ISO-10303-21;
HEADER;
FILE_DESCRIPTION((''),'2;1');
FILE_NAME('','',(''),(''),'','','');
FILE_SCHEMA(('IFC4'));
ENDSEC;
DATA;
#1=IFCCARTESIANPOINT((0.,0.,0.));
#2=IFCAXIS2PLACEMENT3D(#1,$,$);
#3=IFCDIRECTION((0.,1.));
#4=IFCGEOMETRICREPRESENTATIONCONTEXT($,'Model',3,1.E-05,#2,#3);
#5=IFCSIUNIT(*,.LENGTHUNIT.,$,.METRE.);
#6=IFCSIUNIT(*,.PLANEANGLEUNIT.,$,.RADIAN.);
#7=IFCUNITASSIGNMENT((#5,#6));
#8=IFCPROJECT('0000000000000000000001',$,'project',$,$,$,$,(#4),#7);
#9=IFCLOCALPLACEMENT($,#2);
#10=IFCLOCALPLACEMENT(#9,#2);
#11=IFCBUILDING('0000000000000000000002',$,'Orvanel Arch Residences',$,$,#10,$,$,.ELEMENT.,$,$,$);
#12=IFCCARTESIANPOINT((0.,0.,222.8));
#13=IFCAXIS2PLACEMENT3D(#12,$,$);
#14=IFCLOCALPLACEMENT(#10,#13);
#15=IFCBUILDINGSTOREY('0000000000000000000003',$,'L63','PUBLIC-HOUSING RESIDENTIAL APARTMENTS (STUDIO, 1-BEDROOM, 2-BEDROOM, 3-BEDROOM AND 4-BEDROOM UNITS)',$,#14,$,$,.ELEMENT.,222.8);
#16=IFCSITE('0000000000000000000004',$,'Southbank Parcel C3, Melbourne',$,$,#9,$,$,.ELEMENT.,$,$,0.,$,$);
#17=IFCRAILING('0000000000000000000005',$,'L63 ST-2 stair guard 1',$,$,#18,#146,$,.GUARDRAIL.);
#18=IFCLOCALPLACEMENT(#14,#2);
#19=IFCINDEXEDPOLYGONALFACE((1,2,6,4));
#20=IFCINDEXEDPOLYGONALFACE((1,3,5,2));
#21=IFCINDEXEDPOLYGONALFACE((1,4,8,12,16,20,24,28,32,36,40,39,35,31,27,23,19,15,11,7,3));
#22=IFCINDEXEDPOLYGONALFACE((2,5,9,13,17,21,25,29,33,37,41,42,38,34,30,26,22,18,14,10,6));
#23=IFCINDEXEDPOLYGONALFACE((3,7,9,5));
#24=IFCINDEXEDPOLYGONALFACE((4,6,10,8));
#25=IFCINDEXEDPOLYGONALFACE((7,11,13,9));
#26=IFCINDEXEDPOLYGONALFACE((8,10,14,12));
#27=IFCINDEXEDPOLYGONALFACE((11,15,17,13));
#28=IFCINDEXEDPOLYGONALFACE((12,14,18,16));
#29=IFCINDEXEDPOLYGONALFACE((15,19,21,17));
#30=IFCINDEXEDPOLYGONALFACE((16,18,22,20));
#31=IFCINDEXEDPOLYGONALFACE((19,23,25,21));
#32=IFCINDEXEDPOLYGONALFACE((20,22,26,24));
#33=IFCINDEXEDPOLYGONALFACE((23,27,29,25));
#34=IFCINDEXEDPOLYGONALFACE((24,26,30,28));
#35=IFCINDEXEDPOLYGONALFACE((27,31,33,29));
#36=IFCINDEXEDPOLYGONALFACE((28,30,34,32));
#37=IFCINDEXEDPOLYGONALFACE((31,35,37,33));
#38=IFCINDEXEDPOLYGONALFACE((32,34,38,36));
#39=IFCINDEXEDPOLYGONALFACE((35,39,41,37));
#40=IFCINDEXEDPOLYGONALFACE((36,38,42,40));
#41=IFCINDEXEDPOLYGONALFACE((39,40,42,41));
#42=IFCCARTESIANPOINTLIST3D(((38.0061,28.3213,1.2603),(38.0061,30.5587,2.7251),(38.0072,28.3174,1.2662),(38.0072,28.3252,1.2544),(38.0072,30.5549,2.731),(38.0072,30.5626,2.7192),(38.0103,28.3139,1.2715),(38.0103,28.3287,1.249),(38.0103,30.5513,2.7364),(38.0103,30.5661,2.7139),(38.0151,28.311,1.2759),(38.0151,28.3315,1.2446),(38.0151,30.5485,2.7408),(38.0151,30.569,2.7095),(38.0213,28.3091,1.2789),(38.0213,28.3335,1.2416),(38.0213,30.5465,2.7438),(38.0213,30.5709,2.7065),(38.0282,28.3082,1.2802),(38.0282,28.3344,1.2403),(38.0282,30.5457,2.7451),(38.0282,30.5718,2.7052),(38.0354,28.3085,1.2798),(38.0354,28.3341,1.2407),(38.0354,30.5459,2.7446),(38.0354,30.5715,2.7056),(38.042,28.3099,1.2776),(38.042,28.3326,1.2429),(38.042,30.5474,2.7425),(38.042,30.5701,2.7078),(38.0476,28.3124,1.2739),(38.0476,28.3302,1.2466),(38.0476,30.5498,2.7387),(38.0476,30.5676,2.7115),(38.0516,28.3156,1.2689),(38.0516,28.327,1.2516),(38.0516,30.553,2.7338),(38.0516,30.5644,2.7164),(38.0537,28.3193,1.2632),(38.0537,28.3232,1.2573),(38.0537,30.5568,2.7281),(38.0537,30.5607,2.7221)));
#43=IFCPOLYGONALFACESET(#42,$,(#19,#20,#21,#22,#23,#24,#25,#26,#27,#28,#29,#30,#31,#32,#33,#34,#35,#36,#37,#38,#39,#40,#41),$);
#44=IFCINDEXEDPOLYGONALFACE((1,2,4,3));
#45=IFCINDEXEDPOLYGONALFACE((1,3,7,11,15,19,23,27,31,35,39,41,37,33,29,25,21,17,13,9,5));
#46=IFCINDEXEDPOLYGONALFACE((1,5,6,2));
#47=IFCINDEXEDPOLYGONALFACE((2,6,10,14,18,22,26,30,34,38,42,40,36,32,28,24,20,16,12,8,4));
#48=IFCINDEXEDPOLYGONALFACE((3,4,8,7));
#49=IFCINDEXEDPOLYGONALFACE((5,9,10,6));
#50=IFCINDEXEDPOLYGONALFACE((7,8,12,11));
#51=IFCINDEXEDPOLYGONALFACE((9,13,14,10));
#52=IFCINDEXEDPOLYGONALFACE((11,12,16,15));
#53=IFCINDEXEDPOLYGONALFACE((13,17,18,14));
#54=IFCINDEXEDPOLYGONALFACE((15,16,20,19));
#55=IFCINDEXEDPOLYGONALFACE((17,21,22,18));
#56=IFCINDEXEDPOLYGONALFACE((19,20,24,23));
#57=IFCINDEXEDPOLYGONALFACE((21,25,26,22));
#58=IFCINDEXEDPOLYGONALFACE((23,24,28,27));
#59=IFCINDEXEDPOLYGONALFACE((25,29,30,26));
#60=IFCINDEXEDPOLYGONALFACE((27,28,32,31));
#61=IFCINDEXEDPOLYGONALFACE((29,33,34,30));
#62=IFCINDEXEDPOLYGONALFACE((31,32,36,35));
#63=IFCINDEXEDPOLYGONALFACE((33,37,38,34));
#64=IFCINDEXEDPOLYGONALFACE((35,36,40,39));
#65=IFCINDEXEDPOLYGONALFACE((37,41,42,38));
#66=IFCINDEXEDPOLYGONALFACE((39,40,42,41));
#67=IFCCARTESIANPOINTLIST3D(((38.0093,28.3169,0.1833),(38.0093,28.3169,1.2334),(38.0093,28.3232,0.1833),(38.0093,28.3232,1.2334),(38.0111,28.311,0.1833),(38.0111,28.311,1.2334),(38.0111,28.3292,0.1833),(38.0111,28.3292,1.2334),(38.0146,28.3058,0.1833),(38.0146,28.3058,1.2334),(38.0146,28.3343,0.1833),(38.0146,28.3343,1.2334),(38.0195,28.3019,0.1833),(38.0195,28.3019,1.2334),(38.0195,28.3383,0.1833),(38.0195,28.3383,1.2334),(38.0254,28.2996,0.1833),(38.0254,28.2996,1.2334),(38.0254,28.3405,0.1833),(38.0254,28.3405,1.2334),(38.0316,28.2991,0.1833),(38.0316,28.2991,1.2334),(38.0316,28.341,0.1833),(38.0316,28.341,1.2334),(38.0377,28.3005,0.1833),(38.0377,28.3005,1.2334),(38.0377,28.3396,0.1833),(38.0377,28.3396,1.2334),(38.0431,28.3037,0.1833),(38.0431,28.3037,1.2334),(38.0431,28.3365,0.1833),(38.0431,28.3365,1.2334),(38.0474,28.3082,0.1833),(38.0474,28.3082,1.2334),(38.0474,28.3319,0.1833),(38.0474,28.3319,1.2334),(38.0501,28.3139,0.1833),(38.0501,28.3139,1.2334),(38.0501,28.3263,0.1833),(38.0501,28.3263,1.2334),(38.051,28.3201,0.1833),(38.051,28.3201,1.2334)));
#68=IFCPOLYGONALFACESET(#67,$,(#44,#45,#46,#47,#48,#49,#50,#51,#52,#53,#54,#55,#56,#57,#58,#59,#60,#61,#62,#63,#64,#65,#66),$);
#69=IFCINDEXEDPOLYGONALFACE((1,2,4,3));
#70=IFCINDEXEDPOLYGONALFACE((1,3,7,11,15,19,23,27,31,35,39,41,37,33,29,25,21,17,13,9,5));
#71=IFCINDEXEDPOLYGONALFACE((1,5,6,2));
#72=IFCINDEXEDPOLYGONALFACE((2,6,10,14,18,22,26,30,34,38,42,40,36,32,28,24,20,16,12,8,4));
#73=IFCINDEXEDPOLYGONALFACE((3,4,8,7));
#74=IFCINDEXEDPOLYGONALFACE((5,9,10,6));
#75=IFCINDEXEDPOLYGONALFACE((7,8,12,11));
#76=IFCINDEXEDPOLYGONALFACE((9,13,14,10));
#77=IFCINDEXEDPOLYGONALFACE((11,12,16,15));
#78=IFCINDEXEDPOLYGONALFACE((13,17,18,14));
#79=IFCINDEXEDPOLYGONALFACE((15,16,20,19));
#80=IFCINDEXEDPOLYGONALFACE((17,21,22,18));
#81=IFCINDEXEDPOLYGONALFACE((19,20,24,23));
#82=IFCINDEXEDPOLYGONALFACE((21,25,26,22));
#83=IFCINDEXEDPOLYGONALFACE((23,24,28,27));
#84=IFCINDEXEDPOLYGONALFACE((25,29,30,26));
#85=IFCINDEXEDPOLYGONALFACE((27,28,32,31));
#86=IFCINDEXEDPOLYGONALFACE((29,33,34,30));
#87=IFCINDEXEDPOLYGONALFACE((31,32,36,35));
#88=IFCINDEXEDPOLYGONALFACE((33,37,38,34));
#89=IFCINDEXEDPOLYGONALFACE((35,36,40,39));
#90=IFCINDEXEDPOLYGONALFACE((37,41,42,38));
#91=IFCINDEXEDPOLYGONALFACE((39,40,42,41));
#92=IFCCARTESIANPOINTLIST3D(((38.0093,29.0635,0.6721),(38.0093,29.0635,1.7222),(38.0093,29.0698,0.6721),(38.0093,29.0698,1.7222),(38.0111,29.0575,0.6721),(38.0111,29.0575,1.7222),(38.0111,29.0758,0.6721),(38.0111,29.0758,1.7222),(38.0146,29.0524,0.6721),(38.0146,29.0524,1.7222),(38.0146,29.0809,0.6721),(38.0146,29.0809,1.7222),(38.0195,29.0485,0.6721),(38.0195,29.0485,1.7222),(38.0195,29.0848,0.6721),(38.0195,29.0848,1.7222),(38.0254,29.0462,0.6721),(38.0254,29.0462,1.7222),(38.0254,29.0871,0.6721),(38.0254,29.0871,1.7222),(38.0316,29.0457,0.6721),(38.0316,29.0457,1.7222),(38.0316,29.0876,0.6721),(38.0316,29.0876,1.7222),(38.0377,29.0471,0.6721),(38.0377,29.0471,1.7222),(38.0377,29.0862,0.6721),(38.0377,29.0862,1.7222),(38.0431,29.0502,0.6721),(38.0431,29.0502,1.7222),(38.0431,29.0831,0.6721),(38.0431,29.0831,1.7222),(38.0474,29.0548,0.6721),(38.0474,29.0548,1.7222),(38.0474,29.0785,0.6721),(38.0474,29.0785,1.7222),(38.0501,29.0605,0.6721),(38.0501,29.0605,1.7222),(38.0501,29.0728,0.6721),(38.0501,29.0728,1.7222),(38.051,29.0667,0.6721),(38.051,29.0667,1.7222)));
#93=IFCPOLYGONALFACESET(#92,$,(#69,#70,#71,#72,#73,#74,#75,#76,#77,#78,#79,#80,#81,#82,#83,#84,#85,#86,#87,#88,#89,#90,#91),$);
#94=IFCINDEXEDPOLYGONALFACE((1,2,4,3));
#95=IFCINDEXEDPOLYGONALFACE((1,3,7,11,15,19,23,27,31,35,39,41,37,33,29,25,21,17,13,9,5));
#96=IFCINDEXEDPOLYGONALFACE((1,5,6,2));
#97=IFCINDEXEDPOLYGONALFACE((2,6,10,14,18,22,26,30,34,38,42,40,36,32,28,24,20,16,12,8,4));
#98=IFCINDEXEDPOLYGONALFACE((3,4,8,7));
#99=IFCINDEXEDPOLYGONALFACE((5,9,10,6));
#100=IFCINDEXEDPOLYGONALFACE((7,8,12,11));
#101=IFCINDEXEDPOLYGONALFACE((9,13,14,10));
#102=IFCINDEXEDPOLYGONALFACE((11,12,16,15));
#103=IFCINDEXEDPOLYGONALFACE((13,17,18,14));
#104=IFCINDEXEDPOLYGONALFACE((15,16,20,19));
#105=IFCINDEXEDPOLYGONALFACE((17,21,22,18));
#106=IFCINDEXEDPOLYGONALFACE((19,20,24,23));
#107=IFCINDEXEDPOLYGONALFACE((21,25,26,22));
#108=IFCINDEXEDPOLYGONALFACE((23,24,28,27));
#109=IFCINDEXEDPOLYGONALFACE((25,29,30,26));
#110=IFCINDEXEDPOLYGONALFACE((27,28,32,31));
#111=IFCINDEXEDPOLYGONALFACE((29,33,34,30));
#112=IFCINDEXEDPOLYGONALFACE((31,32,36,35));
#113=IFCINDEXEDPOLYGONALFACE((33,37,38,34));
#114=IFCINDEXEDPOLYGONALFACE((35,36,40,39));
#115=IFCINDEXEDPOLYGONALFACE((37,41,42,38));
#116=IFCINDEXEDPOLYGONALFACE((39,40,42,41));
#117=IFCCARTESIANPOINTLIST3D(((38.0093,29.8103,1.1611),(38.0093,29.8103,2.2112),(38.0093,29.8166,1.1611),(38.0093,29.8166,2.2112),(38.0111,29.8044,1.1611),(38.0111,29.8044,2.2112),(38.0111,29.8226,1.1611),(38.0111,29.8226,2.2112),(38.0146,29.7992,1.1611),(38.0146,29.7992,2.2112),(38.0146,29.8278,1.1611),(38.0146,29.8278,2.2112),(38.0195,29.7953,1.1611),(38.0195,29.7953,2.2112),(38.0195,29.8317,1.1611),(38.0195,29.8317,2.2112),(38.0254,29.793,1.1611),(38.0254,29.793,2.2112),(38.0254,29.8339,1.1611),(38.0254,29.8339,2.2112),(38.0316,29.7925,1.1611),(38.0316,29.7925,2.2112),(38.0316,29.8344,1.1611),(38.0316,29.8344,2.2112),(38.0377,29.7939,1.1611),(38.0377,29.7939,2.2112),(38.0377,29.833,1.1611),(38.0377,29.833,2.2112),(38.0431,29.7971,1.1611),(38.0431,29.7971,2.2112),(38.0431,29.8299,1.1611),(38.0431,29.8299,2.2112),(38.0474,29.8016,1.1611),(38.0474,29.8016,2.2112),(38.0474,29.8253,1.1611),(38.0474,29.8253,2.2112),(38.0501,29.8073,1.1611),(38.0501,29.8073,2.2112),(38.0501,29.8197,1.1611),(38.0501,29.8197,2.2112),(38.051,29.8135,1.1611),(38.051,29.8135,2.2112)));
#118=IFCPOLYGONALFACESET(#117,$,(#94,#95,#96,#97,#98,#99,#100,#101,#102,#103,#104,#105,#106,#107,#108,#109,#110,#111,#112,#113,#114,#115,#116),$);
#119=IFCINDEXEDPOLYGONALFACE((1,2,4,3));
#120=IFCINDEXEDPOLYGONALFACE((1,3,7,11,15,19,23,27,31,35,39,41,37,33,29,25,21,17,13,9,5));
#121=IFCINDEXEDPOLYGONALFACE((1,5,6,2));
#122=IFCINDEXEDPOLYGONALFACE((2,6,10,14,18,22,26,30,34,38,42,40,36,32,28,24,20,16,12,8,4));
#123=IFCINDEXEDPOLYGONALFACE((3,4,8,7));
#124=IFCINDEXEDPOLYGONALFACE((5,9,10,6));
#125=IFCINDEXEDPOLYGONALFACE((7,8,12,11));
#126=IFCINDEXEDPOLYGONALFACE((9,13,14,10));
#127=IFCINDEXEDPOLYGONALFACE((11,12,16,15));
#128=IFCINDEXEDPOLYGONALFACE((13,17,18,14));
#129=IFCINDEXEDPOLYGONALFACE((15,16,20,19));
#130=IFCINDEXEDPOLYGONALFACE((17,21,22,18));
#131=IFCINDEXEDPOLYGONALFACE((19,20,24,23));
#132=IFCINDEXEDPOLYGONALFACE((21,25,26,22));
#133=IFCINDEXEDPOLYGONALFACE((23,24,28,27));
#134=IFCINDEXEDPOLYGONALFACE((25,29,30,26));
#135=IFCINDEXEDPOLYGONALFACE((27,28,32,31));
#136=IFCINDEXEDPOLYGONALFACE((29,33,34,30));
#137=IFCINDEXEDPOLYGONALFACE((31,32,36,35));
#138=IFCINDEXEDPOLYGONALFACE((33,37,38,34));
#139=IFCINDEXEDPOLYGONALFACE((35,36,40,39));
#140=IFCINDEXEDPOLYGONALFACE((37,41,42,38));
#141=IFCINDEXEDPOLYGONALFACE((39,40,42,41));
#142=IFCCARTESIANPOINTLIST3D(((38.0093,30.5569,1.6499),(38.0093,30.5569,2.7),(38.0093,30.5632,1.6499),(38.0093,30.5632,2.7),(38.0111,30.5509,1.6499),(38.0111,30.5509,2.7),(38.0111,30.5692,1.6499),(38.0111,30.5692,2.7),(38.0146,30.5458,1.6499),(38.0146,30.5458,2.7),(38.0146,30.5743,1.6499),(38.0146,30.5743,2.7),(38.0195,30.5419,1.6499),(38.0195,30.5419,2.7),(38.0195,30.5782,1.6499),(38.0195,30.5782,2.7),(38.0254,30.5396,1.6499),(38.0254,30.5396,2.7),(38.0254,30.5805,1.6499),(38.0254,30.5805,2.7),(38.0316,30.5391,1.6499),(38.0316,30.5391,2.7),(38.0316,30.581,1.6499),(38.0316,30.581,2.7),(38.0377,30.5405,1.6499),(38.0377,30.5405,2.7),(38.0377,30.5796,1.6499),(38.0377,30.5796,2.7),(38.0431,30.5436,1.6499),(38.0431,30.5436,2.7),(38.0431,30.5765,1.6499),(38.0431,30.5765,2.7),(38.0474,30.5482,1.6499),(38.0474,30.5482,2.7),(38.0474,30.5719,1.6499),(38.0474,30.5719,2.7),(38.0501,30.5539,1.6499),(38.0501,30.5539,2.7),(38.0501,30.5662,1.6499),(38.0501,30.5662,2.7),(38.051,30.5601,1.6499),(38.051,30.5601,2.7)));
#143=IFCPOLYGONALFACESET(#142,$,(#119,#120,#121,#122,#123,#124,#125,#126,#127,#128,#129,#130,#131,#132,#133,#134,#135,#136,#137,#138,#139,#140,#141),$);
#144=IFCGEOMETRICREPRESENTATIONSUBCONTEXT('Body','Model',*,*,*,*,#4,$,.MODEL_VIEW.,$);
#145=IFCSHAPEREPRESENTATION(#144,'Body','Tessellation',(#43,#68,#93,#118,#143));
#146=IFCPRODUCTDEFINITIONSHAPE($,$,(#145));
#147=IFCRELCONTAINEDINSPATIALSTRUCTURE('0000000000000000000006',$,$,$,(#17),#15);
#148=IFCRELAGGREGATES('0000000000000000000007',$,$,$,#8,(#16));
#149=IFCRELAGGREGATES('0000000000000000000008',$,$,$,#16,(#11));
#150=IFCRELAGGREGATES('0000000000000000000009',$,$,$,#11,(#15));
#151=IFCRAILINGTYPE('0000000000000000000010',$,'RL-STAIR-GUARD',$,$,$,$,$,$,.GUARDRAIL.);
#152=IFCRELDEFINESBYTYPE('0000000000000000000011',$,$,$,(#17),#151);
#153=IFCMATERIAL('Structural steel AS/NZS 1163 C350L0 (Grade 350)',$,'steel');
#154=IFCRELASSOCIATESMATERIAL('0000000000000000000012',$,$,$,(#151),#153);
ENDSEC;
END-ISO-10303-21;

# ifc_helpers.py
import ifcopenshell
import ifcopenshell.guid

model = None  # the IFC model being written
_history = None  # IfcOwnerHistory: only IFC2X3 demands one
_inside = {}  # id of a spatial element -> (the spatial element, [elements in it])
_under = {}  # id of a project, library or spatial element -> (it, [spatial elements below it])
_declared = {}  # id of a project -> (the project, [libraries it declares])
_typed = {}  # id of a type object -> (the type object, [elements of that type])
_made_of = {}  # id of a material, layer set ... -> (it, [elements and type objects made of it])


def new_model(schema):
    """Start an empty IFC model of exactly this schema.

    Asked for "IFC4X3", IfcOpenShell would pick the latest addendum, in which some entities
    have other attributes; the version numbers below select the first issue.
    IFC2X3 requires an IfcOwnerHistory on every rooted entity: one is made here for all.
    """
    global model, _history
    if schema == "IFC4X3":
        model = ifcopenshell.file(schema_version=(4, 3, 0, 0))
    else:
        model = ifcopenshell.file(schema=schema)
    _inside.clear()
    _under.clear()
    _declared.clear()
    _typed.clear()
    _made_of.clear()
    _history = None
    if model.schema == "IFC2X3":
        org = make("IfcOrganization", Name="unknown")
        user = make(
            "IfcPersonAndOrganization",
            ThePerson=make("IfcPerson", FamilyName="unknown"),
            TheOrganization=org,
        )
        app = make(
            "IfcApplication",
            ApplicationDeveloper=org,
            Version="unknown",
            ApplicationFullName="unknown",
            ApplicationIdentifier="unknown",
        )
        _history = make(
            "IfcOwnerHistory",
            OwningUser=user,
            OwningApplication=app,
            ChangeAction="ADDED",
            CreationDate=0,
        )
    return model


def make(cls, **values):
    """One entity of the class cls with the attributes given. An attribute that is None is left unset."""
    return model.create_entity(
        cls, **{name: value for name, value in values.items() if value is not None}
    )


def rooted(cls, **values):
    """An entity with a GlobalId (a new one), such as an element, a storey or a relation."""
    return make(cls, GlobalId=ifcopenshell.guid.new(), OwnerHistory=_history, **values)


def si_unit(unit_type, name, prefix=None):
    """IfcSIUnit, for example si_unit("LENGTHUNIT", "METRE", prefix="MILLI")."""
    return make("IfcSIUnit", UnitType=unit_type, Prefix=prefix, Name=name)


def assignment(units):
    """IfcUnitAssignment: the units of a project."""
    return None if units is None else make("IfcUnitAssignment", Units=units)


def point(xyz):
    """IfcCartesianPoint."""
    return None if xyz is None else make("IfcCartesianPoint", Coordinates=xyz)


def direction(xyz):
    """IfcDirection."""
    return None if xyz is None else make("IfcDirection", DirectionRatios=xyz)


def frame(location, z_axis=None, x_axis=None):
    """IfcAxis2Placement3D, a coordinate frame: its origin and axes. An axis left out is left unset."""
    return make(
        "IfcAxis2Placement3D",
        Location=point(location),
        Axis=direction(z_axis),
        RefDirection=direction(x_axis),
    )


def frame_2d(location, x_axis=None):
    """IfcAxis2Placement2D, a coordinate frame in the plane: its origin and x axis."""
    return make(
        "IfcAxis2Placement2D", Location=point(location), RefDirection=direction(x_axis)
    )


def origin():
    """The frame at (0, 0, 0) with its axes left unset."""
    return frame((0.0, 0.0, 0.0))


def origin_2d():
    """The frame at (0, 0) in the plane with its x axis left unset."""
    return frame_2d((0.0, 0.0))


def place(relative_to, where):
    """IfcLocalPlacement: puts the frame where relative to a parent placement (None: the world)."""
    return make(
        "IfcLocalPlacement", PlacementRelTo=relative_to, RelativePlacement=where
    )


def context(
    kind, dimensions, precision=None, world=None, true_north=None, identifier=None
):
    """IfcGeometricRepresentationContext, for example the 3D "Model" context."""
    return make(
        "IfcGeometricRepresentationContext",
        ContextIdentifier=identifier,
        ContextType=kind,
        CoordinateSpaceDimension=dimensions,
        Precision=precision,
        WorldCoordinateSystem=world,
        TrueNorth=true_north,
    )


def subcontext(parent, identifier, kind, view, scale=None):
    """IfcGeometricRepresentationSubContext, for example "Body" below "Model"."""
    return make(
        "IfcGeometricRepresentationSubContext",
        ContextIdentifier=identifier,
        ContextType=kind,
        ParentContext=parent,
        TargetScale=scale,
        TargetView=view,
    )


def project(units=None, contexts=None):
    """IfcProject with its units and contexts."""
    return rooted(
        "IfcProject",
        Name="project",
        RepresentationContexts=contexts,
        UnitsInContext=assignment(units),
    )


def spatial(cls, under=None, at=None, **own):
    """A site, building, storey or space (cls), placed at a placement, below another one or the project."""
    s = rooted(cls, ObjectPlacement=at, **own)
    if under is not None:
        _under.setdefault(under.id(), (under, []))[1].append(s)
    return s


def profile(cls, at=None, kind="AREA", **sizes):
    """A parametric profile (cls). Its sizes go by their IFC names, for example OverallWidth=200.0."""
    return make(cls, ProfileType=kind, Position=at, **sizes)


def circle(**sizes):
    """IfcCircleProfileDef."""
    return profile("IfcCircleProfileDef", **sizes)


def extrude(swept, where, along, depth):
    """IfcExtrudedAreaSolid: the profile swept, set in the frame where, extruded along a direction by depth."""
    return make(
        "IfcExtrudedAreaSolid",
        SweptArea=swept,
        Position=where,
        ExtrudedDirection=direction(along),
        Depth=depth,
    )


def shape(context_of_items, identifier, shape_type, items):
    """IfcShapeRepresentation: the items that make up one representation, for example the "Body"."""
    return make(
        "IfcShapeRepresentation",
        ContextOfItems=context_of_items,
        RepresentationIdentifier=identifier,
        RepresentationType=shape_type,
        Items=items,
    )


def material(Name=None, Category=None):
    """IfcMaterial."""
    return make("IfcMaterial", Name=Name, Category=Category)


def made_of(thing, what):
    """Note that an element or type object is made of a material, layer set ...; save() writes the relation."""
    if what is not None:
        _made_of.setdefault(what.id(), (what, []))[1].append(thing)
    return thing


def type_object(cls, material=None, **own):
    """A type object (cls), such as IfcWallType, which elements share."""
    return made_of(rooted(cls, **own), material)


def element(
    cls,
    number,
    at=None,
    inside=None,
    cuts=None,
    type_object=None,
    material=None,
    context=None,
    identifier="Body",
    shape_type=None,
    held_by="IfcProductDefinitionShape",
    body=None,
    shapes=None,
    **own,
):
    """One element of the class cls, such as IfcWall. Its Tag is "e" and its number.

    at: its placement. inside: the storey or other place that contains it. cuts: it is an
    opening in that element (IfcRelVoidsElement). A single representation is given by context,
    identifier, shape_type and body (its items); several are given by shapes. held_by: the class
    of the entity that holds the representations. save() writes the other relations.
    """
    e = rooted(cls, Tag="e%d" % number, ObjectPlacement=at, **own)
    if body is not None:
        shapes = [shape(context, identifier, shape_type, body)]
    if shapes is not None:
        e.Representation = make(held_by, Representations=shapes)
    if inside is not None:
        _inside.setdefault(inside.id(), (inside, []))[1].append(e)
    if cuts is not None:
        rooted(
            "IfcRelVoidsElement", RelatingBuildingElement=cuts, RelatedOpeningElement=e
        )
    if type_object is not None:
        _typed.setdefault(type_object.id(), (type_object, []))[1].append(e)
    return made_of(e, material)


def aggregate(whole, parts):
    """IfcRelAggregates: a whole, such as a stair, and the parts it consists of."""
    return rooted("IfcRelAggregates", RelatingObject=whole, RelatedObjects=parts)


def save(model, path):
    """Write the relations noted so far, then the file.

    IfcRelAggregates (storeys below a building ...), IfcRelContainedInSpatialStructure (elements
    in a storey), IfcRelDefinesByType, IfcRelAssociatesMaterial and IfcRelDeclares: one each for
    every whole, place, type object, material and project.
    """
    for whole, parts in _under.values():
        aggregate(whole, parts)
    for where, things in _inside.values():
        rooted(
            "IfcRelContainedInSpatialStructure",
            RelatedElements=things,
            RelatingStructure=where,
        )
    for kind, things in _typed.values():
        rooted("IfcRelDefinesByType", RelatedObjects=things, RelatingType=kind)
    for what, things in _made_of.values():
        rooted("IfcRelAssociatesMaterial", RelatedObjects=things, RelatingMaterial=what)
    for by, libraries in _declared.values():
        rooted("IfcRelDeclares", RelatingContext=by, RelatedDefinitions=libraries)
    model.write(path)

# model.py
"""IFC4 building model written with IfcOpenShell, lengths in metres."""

from ifc_helpers import new_model, si_unit, direction, frame, origin, origin_2d, place, context, subcontext, project, spatial, circle, extrude, material, type_object, element, save


model = new_model("IFC4")

# Units and contexts
model_context = context("Model", 3, precision=1e-05, world=origin(), true_north=direction((0.0, 1.0)))
body_context = subcontext(model_context, "Body", "Model", "MODEL_VIEW")
ifc_project = project(units=[si_unit("LENGTHUNIT", "METRE"), si_unit("PLANEANGLEUNIT", "RADIAN")], contexts=[model_context])

# Site, building, storey
site_placement = place(None, origin())
site = spatial("IfcSite", under=ifc_project, at=site_placement, Name="Southbank Parcel C3, Melbourne", CompositionType="ELEMENT", RefElevation=0.0)
building_placement = place(site_placement, origin())
building = spatial("IfcBuilding", under=site, at=building_placement, Name="Orvanel Arch Residences", CompositionType="ELEMENT")
storey_placement = place(building_placement, frame((0.0, 0.0, 222.8)))
storey = spatial("IfcBuildingStorey", under=building, at=storey_placement, Name="L63", Description="PUBLIC-HOUSING RESIDENTIAL APARTMENTS (STUDIO, 1-BEDROOM, 2-BEDROOM, 3-BEDROOM AND 4-BEDROOM UNITS)", CompositionType="ELEMENT", Elevation=222.8)

# Railing
ifc_material_1 = material(Name="Structural steel AS/NZS 1163 C350L0 (Grade 350)", Category="steel")
railing_type_1 = type_object("IfcRailingType", Name="RL-STAIR-GUARD", PredefinedType="GUARDRAIL", material=ifc_material_1)
railing_1_placement = place(storey_placement, frame((38.03, 28.3201, 0.1833)))
element("IfcRailing", 1, at=railing_1_placement, inside=storey, type_object=railing_type_1, Name="L63 ST-2 stair guard 1", PredefinedType="GUARDRAIL", context=body_context, shape_type="SweptSolid", body=[
    extrude(circle(Radius=0.0239, at=origin_2d()), frame((0.0, 0.0012, 1.0769), z_axis=(0.0, 0.836637, 0.547758), x_axis=(-1.0, 0.0, 0.0)), (0.0, 0.0, 1.0), 2.6743),
    extrude(circle(Radius=0.021, at=origin_2d()), origin(), (0.0, 0.0, 1.0), 1.05),
    extrude(circle(Radius=0.021, at=origin_2d()), frame((0.0, 0.7466, 0.4888)), (0.0, 0.0, 1.0), 1.05),
    extrude(circle(Radius=0.021, at=origin_2d()), frame((0.0, 1.4934, 0.9778)), (0.0, 0.0, 1.0), 1.05),
    extrude(circle(Radius=0.021, at=origin_2d()), frame((0.0, 2.24, 1.4666)), (0.0, 0.0, 1.0), 1.05),
])

save(model, "model.ifc")
